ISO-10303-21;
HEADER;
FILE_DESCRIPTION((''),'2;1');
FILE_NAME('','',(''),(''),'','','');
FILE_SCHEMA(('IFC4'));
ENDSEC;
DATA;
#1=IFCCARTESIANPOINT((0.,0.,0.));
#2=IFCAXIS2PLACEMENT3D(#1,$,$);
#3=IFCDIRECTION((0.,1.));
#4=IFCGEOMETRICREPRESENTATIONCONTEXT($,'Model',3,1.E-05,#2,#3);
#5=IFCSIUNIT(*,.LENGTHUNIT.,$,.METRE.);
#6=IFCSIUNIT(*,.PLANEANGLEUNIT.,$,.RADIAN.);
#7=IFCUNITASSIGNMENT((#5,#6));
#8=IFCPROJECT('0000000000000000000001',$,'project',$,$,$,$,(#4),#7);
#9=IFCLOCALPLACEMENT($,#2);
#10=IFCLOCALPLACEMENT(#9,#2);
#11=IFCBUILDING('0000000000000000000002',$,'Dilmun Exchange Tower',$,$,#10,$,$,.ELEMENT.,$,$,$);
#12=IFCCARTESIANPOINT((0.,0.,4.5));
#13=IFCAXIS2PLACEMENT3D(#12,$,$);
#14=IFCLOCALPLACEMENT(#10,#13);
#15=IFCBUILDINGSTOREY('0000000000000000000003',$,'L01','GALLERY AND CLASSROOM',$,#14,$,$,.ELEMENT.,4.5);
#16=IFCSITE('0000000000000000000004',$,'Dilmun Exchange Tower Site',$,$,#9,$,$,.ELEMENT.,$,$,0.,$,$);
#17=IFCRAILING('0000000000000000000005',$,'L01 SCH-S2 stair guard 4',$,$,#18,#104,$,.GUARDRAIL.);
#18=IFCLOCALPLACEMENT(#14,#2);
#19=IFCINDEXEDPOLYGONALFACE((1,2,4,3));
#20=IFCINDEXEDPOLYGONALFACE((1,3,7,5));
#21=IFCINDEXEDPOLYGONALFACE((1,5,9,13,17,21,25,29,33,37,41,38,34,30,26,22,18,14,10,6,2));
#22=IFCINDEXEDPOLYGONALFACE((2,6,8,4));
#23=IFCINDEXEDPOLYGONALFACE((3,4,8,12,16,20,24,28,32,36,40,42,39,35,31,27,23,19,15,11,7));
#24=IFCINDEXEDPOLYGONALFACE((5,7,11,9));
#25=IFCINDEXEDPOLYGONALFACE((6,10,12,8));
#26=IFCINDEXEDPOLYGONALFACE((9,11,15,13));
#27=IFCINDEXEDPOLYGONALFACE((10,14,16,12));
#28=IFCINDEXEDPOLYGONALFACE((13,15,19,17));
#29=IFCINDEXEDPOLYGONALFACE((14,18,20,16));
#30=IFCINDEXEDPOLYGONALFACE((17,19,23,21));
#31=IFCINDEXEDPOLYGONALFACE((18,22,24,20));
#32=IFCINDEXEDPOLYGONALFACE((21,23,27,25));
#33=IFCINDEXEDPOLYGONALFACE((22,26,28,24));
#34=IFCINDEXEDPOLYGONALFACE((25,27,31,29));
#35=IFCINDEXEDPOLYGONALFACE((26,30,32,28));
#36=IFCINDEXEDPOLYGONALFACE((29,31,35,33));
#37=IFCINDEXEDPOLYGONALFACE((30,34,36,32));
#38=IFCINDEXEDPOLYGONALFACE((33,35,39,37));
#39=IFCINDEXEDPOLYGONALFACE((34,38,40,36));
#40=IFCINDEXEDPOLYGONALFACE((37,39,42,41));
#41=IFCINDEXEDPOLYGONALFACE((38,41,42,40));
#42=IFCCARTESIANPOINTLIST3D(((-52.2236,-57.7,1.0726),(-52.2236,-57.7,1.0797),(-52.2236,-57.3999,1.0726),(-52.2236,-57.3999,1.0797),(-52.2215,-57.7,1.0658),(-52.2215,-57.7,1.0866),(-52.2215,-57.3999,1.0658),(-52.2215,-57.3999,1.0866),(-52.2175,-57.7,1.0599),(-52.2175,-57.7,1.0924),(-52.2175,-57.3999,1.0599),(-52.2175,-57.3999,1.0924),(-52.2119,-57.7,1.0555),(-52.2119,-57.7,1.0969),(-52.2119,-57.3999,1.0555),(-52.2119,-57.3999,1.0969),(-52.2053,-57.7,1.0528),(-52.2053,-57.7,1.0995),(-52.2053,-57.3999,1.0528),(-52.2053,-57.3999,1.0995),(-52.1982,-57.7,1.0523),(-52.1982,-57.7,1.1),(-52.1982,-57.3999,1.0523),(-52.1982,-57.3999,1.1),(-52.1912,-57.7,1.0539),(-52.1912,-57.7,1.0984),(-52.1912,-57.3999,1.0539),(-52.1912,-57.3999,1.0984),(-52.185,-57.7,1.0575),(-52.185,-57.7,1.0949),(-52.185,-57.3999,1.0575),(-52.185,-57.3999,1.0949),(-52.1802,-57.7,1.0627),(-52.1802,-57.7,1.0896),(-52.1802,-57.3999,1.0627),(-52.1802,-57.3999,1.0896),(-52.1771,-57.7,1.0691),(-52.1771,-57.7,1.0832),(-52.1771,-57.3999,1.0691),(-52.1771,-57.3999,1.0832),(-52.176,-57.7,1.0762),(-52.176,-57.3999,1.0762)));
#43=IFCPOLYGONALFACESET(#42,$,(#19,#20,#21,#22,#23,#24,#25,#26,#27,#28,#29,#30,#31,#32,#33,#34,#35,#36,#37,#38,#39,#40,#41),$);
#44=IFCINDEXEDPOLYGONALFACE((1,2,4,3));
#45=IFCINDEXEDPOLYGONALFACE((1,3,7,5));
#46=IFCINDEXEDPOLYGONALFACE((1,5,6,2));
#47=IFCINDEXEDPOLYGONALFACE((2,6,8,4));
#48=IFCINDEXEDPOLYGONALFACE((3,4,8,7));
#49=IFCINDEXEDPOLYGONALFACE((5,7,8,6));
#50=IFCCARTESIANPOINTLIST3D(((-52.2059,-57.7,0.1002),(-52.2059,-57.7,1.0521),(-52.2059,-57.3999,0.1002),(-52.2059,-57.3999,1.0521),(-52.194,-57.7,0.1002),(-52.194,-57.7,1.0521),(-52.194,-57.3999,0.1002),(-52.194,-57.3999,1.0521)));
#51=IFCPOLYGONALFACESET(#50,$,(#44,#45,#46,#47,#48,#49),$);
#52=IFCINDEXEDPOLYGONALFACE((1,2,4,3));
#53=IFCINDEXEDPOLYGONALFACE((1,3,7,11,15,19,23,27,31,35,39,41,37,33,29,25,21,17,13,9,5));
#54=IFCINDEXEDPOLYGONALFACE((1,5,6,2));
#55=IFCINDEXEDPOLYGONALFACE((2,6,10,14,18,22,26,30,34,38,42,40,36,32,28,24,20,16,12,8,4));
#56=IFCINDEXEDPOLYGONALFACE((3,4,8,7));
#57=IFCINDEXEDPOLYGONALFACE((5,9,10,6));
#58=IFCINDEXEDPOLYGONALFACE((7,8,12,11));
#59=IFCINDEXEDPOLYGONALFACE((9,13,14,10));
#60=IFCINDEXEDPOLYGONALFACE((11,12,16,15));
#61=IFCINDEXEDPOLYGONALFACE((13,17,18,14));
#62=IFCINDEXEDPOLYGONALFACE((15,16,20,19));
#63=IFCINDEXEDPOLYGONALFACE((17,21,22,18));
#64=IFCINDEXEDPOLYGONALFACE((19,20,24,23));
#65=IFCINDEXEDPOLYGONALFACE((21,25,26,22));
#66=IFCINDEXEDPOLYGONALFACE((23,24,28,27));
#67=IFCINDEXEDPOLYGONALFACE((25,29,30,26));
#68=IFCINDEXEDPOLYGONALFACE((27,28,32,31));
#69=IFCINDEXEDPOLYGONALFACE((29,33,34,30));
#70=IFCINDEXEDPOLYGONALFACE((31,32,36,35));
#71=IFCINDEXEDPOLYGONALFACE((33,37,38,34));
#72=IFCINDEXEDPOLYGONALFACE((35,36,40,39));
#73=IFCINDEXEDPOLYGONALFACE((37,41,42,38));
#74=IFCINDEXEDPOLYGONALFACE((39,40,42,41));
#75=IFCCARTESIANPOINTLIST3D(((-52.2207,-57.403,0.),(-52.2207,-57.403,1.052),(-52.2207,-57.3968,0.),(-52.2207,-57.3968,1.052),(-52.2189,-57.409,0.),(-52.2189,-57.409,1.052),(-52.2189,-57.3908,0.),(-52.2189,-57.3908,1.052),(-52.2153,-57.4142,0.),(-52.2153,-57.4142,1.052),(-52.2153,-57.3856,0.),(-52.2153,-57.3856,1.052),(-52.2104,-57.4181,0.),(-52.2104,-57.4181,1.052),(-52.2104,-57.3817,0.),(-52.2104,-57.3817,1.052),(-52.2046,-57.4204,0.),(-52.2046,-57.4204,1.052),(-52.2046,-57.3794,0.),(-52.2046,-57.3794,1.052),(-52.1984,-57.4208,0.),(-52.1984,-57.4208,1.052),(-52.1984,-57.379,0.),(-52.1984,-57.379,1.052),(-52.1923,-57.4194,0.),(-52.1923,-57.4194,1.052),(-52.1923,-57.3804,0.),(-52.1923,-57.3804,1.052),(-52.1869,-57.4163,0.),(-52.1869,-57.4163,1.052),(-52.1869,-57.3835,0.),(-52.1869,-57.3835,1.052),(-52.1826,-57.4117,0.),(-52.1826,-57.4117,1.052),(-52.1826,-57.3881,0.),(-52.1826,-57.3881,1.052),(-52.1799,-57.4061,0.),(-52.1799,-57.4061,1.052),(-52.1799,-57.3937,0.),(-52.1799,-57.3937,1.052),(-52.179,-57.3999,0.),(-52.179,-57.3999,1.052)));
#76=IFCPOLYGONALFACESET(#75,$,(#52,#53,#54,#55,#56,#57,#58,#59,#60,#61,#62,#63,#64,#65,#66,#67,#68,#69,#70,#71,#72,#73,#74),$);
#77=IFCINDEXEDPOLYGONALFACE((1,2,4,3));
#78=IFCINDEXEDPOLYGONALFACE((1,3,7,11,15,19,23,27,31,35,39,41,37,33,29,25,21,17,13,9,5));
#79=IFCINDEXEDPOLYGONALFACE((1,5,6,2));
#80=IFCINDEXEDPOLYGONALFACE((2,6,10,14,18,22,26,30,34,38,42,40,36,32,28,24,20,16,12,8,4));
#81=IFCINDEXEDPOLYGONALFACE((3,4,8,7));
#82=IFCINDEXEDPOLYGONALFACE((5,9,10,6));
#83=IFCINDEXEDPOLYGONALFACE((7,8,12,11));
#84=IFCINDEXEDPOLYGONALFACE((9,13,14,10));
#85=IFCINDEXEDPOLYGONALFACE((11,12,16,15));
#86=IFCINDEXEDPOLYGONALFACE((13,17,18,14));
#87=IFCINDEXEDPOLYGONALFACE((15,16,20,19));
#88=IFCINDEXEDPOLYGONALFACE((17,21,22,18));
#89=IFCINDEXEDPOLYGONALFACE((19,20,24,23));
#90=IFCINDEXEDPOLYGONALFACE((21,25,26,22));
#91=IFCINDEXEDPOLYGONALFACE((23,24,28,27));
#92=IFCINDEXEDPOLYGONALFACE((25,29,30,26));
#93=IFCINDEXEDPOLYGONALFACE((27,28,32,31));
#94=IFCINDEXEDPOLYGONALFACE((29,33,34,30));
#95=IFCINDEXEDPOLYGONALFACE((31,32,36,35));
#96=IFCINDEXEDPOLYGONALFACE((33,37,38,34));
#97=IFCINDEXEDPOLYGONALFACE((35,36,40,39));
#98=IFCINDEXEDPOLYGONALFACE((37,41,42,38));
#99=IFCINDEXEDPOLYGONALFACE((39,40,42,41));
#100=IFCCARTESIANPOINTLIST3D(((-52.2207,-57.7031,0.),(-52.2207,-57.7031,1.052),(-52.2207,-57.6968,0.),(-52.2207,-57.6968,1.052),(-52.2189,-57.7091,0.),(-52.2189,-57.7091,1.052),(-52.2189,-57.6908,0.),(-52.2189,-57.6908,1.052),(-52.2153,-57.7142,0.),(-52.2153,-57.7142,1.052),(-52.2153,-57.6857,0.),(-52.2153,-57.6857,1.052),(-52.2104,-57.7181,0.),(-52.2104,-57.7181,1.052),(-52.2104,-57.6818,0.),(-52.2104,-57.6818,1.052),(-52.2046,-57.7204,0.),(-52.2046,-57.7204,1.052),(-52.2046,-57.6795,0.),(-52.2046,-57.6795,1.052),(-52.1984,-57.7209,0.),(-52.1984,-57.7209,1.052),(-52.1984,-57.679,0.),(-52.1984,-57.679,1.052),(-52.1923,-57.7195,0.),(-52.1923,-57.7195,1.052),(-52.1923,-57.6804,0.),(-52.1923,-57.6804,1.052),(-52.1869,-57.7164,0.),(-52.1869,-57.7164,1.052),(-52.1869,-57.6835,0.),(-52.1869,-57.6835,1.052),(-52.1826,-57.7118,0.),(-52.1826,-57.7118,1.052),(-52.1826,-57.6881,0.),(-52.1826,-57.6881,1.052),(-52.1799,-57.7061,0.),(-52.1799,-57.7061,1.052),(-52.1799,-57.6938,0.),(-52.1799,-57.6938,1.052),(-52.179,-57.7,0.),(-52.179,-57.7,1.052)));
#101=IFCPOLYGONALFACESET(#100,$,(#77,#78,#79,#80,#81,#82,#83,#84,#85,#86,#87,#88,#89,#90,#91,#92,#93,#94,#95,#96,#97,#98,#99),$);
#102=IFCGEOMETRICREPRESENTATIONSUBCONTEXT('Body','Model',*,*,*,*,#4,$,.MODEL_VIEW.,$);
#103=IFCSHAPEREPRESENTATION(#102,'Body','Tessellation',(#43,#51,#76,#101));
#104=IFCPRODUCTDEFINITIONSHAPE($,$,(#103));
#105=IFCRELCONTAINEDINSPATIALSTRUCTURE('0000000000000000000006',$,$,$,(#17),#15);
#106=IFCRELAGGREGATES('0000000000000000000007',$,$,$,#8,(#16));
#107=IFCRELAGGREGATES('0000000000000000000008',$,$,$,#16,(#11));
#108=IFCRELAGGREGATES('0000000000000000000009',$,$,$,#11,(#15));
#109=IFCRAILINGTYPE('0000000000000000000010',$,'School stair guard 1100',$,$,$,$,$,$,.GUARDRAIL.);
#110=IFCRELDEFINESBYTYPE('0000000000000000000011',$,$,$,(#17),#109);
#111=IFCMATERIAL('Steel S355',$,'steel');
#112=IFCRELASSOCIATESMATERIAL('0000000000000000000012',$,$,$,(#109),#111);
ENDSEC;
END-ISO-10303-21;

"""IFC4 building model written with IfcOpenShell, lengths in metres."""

from ifc_helpers import new_model, si_unit, direction, frame, origin, origin_2d, place, context, subcontext, project, spatial, rectangle, circle, extrude, material, type_object, element, save


model = new_model("IFC4")

# Units and contexts
model_context = context("Model", 3, precision=1e-05, world=origin(), true_north=direction((0.0, 1.0)))
body_context = subcontext(model_context, "Body", "Model", "MODEL_VIEW")
ifc_project = project(units=[si_unit("LENGTHUNIT", "METRE"), si_unit("PLANEANGLEUNIT", "RADIAN")], contexts=[model_context])

# Site, building, storey
site_placement = place(None, origin())
site = spatial("IfcSite", under=ifc_project, at=site_placement, Name="Dilmun Exchange Tower Site", CompositionType="ELEMENT", RefElevation=0.0)
building_placement = place(site_placement, origin())
building = spatial("IfcBuilding", under=site, at=building_placement, Name="Dilmun Exchange Tower", CompositionType="ELEMENT")
storey_placement = place(building_placement, frame((0.0, 0.0, 4.5)))
storey = spatial("IfcBuildingStorey", under=building, at=storey_placement, Name="L01", Description="GALLERY AND CLASSROOM", CompositionType="ELEMENT", Elevation=4.5)

# Railing
ifc_material_1 = material(Name="Steel S355", Category="steel")
railing_type_1 = type_object("IfcRailingType", Name="School stair guard 1100", PredefinedType="GUARDRAIL", material=ifc_material_1)
railing_1_placement = place(storey_placement, frame((-52.2, -57.3999, 0.0)))
element("IfcRailing", 1, at=railing_1_placement, inside=storey, type_object=railing_type_1, Name="L01 SCH-S2 stair guard 4", PredefinedType="GUARDRAIL", context=body_context, shape_type="SweptSolid", body=[
    extrude(circle(Radius=0.0239, at=origin_2d()), frame((0.0, 0.0, 1.0762), z_axis=(0.0, -1.0, 0.0), x_axis=(1.0, 0.0, 0.0)), (0.0, 0.0, 1.0), 0.3),
    extrude(rectangle(XDim=0.012, YDim=0.9519, at=origin_2d()), frame((0.0, 0.0, 0.5762), z_axis=(0.0, -1.0, 0.0), x_axis=(1.0, 0.0, 0.0)), (0.0, 0.0, 1.0), 0.3),
    extrude(circle(Radius=0.021, at=origin_2d()), origin(), (0.0, 0.0, 1.0), 1.052),
    extrude(circle(Radius=0.021, at=origin_2d()), frame((0.0, -0.3, 0.0)), (0.0, 0.0, 1.0), 1.052),
])

save(model, "model.ifc")
